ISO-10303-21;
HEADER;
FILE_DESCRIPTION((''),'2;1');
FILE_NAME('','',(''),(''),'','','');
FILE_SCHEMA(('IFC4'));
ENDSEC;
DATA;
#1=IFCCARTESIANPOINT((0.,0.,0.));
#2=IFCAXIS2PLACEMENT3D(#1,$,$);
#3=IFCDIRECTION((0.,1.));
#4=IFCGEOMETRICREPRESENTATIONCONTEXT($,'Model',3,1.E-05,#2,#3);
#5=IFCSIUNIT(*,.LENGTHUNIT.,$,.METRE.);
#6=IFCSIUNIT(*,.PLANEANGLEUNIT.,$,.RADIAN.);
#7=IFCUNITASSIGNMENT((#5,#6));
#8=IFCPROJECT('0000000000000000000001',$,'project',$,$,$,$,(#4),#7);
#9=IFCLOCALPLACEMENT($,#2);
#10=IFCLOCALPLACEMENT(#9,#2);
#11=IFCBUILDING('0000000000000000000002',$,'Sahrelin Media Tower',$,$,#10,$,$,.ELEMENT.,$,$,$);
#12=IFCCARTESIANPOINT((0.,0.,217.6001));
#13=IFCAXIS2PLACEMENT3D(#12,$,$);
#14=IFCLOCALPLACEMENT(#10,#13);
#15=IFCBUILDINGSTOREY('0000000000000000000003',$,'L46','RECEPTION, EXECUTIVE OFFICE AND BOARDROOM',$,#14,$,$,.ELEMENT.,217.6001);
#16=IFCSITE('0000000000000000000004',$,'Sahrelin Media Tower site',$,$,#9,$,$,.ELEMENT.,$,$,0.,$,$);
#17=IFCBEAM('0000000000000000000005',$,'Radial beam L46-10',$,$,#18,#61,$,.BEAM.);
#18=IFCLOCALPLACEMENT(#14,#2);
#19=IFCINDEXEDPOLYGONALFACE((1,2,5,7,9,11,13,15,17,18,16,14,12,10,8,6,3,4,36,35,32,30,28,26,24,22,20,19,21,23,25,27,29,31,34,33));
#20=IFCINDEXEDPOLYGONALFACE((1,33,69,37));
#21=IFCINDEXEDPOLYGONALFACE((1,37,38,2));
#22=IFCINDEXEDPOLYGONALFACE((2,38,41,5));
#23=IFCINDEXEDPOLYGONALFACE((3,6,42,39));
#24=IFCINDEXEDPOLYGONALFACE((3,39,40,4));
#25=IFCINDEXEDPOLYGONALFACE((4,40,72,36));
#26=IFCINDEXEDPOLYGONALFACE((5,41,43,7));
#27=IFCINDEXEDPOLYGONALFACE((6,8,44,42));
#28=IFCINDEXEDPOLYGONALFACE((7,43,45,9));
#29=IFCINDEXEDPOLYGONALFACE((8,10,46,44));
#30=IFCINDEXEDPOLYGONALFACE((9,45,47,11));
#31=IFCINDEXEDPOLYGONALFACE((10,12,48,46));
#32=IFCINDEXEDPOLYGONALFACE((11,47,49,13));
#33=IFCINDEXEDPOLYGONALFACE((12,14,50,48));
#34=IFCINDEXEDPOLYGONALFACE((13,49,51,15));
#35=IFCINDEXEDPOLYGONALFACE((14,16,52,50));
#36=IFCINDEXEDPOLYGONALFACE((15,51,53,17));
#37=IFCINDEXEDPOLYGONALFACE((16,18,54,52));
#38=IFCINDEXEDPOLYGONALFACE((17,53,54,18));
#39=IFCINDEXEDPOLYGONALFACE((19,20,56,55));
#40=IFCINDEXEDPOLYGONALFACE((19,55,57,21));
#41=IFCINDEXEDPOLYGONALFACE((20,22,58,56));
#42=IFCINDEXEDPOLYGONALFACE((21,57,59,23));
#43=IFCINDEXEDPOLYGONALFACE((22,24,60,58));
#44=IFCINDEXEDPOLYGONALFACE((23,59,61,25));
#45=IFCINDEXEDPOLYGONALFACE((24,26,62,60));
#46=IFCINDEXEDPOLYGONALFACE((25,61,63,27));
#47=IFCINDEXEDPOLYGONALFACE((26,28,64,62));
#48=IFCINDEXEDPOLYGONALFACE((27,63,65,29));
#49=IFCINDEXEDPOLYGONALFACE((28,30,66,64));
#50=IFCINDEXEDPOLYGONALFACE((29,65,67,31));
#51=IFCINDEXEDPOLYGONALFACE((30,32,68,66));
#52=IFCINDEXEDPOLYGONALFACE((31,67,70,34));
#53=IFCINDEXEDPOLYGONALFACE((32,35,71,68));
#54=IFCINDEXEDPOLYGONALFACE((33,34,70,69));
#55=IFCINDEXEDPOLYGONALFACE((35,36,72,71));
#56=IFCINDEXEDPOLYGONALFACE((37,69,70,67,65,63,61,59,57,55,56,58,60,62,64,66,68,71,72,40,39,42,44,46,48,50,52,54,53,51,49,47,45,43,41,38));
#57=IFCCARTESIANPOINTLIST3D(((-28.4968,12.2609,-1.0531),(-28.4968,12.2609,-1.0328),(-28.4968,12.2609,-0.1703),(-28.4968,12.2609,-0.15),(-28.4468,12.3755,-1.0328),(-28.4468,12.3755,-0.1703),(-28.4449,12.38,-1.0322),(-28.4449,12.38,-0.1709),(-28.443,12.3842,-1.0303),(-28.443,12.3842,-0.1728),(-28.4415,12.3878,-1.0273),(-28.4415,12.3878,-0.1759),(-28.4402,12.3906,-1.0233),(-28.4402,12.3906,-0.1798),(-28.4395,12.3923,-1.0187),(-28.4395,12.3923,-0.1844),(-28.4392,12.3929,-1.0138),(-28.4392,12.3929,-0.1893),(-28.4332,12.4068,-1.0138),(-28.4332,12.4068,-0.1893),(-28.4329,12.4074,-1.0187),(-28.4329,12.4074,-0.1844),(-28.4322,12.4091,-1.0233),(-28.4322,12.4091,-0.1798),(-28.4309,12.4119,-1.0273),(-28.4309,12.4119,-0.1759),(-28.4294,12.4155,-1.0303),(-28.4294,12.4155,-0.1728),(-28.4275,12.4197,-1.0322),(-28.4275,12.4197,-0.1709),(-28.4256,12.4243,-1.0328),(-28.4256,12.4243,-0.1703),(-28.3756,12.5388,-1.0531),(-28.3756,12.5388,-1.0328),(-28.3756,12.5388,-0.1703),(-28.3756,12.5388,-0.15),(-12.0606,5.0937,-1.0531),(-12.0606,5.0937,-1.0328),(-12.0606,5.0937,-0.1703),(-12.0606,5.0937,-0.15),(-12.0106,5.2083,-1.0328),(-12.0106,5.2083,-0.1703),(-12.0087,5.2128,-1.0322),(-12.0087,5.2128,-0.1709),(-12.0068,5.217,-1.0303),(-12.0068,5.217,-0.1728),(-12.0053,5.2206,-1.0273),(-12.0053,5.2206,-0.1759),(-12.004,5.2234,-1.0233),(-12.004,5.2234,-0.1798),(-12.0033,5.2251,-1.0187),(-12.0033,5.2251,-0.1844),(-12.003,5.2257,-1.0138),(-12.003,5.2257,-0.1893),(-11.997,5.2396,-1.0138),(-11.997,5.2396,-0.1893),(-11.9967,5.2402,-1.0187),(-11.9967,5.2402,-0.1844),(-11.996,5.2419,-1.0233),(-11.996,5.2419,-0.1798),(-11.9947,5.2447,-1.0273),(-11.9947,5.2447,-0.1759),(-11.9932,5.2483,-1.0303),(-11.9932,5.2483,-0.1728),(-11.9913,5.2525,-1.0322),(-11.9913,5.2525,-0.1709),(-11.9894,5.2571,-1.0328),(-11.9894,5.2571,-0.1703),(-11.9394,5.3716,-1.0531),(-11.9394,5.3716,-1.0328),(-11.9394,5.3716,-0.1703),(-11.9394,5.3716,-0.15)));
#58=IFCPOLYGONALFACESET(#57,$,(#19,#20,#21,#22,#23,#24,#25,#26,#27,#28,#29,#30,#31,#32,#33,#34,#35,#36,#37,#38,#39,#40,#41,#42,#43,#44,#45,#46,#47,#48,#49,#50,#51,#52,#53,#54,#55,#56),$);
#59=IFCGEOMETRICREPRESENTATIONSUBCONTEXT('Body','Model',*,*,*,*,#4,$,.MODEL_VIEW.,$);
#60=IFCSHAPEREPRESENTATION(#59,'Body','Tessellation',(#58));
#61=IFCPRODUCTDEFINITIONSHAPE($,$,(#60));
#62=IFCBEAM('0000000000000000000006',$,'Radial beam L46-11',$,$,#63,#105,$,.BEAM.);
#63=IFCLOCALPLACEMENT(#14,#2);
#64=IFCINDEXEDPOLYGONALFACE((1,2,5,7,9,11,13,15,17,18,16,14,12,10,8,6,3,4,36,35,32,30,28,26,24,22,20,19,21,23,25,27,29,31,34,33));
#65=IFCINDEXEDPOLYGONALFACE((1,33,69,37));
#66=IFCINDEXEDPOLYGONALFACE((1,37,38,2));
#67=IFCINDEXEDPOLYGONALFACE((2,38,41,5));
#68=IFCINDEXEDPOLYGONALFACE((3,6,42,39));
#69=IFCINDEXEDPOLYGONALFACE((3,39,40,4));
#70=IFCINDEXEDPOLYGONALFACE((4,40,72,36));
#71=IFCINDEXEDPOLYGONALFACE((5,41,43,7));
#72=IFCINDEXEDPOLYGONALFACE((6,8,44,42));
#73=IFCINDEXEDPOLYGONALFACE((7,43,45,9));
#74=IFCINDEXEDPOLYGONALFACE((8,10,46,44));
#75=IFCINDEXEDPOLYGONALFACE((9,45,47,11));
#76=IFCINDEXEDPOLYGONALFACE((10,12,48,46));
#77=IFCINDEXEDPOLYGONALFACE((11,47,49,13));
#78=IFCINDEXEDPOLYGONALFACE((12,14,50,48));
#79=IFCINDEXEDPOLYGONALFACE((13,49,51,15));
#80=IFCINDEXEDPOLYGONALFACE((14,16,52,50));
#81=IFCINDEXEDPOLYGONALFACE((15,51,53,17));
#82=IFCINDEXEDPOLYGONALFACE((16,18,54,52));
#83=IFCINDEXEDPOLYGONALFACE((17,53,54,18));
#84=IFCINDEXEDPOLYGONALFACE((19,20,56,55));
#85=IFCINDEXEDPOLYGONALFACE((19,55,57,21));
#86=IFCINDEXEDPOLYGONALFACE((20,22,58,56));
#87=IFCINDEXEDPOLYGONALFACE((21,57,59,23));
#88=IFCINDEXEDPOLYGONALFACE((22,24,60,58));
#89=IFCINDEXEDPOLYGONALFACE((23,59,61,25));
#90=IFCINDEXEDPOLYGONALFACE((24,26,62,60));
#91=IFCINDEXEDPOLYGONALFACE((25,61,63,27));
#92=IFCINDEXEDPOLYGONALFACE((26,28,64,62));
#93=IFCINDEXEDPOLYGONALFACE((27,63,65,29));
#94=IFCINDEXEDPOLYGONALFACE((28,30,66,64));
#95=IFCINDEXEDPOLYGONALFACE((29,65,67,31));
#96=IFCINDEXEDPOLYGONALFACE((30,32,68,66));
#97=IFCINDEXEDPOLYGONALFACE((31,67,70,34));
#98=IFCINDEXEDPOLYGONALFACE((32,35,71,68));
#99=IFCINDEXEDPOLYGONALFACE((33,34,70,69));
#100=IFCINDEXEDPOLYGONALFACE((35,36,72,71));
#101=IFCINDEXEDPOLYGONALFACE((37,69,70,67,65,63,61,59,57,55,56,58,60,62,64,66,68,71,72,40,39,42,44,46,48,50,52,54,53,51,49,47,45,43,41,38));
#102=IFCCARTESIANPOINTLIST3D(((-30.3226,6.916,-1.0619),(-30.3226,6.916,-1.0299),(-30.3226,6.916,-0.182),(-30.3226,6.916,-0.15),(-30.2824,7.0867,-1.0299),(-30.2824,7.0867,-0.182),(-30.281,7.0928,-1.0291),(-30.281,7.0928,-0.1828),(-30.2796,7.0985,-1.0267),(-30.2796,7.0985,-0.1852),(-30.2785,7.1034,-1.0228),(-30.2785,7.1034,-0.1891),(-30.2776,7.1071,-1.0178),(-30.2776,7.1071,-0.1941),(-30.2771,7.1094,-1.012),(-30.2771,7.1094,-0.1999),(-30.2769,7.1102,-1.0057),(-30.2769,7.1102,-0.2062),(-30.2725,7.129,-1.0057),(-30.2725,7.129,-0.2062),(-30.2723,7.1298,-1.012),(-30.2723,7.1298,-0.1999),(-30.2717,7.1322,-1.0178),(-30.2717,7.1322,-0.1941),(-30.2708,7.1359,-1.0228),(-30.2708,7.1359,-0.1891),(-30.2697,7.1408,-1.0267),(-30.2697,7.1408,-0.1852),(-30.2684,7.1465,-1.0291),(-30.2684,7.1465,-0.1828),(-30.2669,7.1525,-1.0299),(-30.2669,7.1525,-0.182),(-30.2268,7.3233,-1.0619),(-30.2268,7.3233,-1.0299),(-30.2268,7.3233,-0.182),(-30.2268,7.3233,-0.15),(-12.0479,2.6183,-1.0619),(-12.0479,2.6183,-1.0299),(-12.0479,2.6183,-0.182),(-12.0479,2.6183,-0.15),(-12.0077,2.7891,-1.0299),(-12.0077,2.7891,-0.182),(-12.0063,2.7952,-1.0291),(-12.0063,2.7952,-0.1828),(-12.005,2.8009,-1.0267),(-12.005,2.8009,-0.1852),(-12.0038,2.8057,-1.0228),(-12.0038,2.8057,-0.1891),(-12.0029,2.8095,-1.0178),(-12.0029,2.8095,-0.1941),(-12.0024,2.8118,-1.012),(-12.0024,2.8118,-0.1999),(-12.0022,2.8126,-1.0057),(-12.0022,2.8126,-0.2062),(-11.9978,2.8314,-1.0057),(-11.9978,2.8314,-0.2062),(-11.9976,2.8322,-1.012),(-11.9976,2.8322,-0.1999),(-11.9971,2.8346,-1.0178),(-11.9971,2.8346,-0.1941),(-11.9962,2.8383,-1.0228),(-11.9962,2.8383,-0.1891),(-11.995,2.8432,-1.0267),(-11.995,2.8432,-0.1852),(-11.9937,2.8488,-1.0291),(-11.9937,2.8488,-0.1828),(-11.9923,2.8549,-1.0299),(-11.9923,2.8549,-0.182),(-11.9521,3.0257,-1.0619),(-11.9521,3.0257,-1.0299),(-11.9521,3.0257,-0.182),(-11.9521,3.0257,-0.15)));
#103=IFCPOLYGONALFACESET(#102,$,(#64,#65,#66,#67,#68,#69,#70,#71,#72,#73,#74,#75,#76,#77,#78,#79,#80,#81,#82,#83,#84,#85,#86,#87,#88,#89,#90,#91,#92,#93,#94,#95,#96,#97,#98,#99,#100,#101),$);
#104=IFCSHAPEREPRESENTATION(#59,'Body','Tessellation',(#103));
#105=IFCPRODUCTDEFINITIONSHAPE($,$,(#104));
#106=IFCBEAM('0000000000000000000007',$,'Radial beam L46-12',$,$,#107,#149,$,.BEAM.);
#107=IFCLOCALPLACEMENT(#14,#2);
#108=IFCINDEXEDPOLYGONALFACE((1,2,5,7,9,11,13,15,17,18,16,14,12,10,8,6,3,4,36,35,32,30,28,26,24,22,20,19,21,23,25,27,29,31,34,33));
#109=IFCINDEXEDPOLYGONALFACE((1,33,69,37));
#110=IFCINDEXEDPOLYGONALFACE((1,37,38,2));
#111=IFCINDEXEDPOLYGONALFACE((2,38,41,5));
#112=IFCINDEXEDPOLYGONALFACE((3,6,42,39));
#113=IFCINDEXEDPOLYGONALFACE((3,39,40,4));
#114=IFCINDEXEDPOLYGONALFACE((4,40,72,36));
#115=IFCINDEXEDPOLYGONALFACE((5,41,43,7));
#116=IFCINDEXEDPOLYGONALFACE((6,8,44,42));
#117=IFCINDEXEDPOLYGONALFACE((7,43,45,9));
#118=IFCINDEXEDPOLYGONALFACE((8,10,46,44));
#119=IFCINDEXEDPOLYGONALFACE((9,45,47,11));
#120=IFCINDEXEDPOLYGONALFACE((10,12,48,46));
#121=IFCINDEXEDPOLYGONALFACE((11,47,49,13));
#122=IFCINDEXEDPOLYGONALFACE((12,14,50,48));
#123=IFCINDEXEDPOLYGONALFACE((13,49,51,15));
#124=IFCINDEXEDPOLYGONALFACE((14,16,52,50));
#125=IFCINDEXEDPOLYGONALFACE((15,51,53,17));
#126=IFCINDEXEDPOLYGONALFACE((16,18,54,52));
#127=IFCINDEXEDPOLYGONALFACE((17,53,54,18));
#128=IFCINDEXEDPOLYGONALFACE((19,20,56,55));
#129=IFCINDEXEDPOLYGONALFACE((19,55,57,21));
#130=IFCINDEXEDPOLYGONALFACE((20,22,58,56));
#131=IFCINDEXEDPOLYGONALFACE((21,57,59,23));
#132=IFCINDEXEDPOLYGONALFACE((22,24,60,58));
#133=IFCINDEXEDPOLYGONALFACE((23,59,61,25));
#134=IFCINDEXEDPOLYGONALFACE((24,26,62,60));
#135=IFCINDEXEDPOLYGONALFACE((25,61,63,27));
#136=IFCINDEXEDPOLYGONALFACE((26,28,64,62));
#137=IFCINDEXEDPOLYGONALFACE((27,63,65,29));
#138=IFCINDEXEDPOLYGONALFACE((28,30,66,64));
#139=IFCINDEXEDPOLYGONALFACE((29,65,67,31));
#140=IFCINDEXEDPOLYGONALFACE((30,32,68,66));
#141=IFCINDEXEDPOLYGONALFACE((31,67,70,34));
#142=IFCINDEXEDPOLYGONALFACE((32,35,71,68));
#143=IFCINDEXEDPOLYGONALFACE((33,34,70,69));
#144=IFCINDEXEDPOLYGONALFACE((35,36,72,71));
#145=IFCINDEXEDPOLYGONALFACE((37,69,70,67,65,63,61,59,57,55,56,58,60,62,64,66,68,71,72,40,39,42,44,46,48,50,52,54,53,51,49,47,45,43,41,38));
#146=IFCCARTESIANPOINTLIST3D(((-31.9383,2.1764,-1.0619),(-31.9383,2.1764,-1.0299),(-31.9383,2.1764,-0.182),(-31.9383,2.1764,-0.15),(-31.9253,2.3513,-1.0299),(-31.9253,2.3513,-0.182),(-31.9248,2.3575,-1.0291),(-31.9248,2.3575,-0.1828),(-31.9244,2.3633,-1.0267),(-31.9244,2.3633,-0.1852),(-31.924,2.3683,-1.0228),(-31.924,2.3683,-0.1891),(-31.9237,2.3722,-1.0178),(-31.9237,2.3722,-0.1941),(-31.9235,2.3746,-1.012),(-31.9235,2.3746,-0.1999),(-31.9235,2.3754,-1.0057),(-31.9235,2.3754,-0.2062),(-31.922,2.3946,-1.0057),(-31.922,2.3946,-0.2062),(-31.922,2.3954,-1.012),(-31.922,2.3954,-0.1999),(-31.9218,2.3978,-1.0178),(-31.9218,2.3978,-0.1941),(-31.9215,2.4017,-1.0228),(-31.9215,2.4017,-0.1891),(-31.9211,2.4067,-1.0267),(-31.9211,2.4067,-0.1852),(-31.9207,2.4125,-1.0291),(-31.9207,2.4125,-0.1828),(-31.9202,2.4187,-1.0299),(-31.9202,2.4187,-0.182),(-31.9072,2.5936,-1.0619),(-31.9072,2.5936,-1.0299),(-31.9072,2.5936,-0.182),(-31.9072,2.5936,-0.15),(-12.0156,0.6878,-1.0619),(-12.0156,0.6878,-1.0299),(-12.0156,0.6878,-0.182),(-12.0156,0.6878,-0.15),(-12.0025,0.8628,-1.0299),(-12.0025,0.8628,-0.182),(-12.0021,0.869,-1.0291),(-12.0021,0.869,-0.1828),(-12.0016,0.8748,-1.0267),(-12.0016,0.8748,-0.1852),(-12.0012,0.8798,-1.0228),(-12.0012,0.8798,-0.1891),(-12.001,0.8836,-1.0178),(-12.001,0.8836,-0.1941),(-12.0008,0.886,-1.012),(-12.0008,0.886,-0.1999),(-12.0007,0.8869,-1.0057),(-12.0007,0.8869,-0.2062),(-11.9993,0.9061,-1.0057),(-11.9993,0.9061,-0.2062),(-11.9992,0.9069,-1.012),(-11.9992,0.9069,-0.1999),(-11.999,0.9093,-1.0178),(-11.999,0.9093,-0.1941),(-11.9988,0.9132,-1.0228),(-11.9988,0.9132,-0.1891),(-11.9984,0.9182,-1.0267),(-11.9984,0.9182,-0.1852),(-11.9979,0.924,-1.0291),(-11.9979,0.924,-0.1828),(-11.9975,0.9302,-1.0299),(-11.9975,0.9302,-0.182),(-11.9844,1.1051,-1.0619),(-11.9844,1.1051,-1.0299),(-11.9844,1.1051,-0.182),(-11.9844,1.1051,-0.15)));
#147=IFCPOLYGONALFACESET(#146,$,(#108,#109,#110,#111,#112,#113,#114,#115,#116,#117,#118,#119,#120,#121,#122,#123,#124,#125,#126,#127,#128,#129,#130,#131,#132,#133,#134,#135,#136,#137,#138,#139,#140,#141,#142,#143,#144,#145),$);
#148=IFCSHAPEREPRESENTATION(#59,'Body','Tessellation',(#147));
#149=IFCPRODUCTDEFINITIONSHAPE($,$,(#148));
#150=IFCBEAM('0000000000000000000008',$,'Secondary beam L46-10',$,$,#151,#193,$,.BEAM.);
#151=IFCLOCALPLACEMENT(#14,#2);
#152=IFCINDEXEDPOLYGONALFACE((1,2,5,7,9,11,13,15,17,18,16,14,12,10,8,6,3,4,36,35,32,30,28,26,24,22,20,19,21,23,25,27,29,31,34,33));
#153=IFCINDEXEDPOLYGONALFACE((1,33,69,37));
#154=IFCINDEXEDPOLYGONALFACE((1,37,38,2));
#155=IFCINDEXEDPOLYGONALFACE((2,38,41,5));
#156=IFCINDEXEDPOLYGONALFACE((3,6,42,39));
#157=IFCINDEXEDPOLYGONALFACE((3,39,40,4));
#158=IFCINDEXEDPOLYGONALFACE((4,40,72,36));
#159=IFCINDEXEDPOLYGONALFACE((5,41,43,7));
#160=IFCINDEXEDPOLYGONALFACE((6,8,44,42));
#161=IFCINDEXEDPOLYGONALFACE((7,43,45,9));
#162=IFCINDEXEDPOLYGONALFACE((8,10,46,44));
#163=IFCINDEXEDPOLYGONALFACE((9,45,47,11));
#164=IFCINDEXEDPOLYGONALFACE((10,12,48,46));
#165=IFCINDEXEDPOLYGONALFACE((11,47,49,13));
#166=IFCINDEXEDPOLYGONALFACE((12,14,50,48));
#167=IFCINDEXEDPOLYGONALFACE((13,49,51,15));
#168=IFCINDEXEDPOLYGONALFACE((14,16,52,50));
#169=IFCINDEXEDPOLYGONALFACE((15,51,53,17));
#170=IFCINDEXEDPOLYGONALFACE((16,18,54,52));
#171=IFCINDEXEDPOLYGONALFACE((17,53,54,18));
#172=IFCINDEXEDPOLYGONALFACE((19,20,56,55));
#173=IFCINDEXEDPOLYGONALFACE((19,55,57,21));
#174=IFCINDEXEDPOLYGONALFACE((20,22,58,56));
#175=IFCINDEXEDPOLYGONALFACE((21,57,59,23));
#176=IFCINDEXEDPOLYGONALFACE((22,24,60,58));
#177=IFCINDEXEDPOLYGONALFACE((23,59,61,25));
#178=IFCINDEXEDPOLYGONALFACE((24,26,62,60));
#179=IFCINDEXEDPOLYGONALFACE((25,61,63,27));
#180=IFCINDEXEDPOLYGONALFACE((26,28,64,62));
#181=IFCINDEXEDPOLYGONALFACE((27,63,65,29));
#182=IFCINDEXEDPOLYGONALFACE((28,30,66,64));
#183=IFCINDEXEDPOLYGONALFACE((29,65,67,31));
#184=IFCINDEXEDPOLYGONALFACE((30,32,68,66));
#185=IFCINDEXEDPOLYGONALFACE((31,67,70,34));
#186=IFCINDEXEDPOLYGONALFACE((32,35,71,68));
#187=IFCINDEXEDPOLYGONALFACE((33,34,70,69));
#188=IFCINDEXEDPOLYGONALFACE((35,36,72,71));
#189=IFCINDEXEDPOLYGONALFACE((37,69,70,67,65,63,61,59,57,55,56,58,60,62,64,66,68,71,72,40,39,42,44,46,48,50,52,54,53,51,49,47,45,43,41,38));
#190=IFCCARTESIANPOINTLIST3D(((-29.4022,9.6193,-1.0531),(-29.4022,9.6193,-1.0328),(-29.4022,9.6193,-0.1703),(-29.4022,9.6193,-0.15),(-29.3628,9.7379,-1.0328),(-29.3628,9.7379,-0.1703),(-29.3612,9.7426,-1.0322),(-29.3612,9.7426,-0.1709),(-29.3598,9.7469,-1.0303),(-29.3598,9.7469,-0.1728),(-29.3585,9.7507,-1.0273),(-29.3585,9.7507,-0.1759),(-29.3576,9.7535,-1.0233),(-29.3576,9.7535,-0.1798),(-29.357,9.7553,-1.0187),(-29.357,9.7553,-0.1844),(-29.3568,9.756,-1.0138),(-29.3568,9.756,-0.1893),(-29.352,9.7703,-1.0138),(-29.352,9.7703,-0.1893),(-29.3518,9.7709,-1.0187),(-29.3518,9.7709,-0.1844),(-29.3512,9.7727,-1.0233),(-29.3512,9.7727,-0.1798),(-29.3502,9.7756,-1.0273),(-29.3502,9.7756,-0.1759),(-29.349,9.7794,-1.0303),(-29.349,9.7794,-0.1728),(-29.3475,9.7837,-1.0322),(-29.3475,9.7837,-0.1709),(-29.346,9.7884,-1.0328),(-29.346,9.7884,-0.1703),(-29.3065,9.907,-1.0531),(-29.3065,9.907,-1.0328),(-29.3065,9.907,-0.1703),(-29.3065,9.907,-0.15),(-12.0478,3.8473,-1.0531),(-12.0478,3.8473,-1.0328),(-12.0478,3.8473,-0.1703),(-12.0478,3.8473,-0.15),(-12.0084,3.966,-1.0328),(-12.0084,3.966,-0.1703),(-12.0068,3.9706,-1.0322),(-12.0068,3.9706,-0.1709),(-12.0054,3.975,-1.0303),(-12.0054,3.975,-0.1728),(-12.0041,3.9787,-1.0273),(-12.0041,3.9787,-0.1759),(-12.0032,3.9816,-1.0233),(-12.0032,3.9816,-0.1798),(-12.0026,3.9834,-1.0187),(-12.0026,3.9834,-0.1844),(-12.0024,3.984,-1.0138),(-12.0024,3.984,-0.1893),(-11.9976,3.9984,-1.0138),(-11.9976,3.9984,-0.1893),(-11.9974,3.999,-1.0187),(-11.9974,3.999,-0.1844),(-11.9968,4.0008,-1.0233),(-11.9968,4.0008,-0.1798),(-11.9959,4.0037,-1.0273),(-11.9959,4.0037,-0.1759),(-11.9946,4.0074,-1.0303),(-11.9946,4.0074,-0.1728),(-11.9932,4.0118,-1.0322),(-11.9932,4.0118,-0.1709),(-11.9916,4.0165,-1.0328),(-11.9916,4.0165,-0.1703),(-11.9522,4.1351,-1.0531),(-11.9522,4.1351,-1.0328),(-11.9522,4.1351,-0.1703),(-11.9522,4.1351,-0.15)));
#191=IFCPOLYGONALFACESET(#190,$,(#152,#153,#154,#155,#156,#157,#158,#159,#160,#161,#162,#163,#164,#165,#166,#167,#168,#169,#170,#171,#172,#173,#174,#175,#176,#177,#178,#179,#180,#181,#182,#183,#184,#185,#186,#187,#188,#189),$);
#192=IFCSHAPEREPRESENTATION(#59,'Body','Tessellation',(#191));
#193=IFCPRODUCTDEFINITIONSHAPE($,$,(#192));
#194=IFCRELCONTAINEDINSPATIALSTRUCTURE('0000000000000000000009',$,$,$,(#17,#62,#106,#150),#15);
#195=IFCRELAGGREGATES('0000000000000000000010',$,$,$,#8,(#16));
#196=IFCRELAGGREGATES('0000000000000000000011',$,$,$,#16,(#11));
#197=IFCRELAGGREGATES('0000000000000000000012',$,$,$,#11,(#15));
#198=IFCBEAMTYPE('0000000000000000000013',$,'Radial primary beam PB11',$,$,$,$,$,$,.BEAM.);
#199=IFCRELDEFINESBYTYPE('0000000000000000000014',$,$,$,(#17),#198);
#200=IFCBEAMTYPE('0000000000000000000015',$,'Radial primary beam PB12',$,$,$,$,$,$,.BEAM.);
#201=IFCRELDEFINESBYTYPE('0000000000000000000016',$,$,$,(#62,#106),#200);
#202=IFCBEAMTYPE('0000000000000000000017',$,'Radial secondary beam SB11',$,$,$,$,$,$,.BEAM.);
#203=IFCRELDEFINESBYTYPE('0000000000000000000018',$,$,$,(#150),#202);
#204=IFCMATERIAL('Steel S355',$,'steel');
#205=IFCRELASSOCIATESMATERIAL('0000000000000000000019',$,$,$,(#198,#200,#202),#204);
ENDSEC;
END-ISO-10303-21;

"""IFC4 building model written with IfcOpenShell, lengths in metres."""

from ifc_helpers import new_model, si_unit, direction, frame, origin, origin_2d, place, context, subcontext, project, spatial, i_section, extrude, material, material_profile, profile_set, type_object, element, save


model = new_model("IFC4")

# Units and contexts
model_context = context("Model", 3, precision=1e-05, world=origin(), true_north=direction((0.0, 1.0)))
body_context = subcontext(model_context, "Body", "Model", "MODEL_VIEW")
ifc_project = project(units=[si_unit("LENGTHUNIT", "METRE"), si_unit("PLANEANGLEUNIT", "RADIAN")], contexts=[model_context])

# Site, building, storey
site_placement = place(None, origin())
site = spatial("IfcSite", under=ifc_project, at=site_placement, Name="Sahrelin Media Tower site", CompositionType="ELEMENT", RefElevation=0.0)
building_placement = place(site_placement, origin())
building = spatial("IfcBuilding", under=site, at=building_placement, Name="Sahrelin Media Tower", CompositionType="ELEMENT")
storey_placement = place(building_placement, frame((0.0, 0.0, 217.6001)))
storey = spatial("IfcBuildingStorey", under=building, at=storey_placement, Name="L46", Description="RECEPTION, EXECUTIVE OFFICE AND BOARDROOM", CompositionType="ELEMENT", Elevation=217.6001)

# Beams
ifc_material_1 = material(Name="Steel S355", Category="steel")
ifc_material_profile_1 = material_profile(ifc_material_1, i_section(OverallWidth=0.3032, OverallDepth=0.9031, WebThickness=0.0151, FlangeThickness=0.0203, FilletRadius=0.019, at=origin_2d()), Name="UB 914x305x201")
ifc_profile_set_1 = profile_set([ifc_material_profile_1], Name="Steel S355")
beam_type_1 = type_object("IfcBeamType", Name="Radial primary beam PB11", PredefinedType="BEAM", material=ifc_profile_set_1)
beam_1_placement = place(storey_placement, frame((-12.0, 5.2327, -0.6016), z_axis=(-0.916641, 0.399712, 0.0), x_axis=(-0.399712, -0.916641, 0.0)))
element("IfcBeam", 1, at=beam_1_placement, inside=storey, type_object=beam_type_1, Name="Radial beam L46-10", PredefinedType="BEAM", context=body_context, shape_type="SweptSolid", body=[
    extrude(i_section(OverallWidth=0.3032, OverallDepth=0.9031, WebThickness=0.0151, FlangeThickness=0.0203, FilletRadius=0.019, at=origin_2d()), origin(), (0.0, 0.0, 1.0), 17.9309),
])
ifc_material_profile_2 = material_profile(ifc_material_1, i_section(OverallWidth=0.4185, OverallDepth=0.9119, WebThickness=0.0193, FlangeThickness=0.032, FilletRadius=0.0242, at=origin_2d()), Name="UB 914x419x343")
ifc_profile_set_2 = profile_set([ifc_material_profile_2], Name="Steel S355")
beam_type_2 = type_object("IfcBeamType", Name="Radial primary beam PB12", PredefinedType="BEAM", material=ifc_profile_set_2)
beam_2_placement = place(storey_placement, frame((-12.0, 2.822, -0.606), z_axis=(-0.973445, 0.228923, 0.0), x_axis=(-0.228923, -0.973445, 0.0)))
element("IfcBeam", 2, at=beam_2_placement, inside=storey, type_object=beam_type_2, Name="Radial beam L46-11", PredefinedType="BEAM", context=body_context, shape_type="SweptSolid", body=[
    extrude(i_section(OverallWidth=0.4185, OverallDepth=0.9119, WebThickness=0.0193, FlangeThickness=0.032, FilletRadius=0.0242, at=origin_2d()), origin(), (0.0, 0.0, 1.0), 18.7732),
])
beam_3_placement = place(storey_placement, frame((-12.0, 0.8965, -0.606), z_axis=(-0.997221, 0.074507, 0.0), x_axis=(-0.074507, -0.997221, 0.0)))
element("IfcBeam", 3, at=beam_3_placement, inside=storey, type_object=beam_type_2, Name="Radial beam L46-12", PredefinedType="BEAM", context=body_context, shape_type="SweptSolid", body=[
    extrude(i_section(OverallWidth=0.4185, OverallDepth=0.9119, WebThickness=0.0193, FlangeThickness=0.032, FilletRadius=0.0242, at=origin_2d()), origin(), (0.0, 0.0, 1.0), 19.9783),
])
ifc_material_profile_3 = material_profile(ifc_material_1, i_section(OverallWidth=0.3032, OverallDepth=0.9031, WebThickness=0.0151, FlangeThickness=0.0203, FilletRadius=0.019, at=origin_2d()), Name="UB 914x305x201")
ifc_profile_set_3 = profile_set([ifc_material_profile_3], Name="Steel S355")
beam_type_3 = type_object("IfcBeamType", Name="Radial secondary beam SB11", PredefinedType="BEAM", material=ifc_profile_set_3)
beam_4_placement = place(storey_placement, frame((-12.0, 3.9912, -0.6016), z_axis=(-0.948894, 0.315595, 0.0), x_axis=(-0.315595, -0.948894, 0.0)))
element("IfcBeam", 4, at=beam_4_placement, inside=storey, type_object=beam_type_3, Name="Secondary beam L46-10", PredefinedType="BEAM", context=body_context, shape_type="SweptSolid", body=[
    extrude(i_section(OverallWidth=0.3032, OverallDepth=0.9031, WebThickness=0.0151, FlangeThickness=0.0203, FilletRadius=0.019, at=origin_2d()), origin(), (0.0, 0.0, 1.0), 18.2891),
])

save(model, "model.ifc")
